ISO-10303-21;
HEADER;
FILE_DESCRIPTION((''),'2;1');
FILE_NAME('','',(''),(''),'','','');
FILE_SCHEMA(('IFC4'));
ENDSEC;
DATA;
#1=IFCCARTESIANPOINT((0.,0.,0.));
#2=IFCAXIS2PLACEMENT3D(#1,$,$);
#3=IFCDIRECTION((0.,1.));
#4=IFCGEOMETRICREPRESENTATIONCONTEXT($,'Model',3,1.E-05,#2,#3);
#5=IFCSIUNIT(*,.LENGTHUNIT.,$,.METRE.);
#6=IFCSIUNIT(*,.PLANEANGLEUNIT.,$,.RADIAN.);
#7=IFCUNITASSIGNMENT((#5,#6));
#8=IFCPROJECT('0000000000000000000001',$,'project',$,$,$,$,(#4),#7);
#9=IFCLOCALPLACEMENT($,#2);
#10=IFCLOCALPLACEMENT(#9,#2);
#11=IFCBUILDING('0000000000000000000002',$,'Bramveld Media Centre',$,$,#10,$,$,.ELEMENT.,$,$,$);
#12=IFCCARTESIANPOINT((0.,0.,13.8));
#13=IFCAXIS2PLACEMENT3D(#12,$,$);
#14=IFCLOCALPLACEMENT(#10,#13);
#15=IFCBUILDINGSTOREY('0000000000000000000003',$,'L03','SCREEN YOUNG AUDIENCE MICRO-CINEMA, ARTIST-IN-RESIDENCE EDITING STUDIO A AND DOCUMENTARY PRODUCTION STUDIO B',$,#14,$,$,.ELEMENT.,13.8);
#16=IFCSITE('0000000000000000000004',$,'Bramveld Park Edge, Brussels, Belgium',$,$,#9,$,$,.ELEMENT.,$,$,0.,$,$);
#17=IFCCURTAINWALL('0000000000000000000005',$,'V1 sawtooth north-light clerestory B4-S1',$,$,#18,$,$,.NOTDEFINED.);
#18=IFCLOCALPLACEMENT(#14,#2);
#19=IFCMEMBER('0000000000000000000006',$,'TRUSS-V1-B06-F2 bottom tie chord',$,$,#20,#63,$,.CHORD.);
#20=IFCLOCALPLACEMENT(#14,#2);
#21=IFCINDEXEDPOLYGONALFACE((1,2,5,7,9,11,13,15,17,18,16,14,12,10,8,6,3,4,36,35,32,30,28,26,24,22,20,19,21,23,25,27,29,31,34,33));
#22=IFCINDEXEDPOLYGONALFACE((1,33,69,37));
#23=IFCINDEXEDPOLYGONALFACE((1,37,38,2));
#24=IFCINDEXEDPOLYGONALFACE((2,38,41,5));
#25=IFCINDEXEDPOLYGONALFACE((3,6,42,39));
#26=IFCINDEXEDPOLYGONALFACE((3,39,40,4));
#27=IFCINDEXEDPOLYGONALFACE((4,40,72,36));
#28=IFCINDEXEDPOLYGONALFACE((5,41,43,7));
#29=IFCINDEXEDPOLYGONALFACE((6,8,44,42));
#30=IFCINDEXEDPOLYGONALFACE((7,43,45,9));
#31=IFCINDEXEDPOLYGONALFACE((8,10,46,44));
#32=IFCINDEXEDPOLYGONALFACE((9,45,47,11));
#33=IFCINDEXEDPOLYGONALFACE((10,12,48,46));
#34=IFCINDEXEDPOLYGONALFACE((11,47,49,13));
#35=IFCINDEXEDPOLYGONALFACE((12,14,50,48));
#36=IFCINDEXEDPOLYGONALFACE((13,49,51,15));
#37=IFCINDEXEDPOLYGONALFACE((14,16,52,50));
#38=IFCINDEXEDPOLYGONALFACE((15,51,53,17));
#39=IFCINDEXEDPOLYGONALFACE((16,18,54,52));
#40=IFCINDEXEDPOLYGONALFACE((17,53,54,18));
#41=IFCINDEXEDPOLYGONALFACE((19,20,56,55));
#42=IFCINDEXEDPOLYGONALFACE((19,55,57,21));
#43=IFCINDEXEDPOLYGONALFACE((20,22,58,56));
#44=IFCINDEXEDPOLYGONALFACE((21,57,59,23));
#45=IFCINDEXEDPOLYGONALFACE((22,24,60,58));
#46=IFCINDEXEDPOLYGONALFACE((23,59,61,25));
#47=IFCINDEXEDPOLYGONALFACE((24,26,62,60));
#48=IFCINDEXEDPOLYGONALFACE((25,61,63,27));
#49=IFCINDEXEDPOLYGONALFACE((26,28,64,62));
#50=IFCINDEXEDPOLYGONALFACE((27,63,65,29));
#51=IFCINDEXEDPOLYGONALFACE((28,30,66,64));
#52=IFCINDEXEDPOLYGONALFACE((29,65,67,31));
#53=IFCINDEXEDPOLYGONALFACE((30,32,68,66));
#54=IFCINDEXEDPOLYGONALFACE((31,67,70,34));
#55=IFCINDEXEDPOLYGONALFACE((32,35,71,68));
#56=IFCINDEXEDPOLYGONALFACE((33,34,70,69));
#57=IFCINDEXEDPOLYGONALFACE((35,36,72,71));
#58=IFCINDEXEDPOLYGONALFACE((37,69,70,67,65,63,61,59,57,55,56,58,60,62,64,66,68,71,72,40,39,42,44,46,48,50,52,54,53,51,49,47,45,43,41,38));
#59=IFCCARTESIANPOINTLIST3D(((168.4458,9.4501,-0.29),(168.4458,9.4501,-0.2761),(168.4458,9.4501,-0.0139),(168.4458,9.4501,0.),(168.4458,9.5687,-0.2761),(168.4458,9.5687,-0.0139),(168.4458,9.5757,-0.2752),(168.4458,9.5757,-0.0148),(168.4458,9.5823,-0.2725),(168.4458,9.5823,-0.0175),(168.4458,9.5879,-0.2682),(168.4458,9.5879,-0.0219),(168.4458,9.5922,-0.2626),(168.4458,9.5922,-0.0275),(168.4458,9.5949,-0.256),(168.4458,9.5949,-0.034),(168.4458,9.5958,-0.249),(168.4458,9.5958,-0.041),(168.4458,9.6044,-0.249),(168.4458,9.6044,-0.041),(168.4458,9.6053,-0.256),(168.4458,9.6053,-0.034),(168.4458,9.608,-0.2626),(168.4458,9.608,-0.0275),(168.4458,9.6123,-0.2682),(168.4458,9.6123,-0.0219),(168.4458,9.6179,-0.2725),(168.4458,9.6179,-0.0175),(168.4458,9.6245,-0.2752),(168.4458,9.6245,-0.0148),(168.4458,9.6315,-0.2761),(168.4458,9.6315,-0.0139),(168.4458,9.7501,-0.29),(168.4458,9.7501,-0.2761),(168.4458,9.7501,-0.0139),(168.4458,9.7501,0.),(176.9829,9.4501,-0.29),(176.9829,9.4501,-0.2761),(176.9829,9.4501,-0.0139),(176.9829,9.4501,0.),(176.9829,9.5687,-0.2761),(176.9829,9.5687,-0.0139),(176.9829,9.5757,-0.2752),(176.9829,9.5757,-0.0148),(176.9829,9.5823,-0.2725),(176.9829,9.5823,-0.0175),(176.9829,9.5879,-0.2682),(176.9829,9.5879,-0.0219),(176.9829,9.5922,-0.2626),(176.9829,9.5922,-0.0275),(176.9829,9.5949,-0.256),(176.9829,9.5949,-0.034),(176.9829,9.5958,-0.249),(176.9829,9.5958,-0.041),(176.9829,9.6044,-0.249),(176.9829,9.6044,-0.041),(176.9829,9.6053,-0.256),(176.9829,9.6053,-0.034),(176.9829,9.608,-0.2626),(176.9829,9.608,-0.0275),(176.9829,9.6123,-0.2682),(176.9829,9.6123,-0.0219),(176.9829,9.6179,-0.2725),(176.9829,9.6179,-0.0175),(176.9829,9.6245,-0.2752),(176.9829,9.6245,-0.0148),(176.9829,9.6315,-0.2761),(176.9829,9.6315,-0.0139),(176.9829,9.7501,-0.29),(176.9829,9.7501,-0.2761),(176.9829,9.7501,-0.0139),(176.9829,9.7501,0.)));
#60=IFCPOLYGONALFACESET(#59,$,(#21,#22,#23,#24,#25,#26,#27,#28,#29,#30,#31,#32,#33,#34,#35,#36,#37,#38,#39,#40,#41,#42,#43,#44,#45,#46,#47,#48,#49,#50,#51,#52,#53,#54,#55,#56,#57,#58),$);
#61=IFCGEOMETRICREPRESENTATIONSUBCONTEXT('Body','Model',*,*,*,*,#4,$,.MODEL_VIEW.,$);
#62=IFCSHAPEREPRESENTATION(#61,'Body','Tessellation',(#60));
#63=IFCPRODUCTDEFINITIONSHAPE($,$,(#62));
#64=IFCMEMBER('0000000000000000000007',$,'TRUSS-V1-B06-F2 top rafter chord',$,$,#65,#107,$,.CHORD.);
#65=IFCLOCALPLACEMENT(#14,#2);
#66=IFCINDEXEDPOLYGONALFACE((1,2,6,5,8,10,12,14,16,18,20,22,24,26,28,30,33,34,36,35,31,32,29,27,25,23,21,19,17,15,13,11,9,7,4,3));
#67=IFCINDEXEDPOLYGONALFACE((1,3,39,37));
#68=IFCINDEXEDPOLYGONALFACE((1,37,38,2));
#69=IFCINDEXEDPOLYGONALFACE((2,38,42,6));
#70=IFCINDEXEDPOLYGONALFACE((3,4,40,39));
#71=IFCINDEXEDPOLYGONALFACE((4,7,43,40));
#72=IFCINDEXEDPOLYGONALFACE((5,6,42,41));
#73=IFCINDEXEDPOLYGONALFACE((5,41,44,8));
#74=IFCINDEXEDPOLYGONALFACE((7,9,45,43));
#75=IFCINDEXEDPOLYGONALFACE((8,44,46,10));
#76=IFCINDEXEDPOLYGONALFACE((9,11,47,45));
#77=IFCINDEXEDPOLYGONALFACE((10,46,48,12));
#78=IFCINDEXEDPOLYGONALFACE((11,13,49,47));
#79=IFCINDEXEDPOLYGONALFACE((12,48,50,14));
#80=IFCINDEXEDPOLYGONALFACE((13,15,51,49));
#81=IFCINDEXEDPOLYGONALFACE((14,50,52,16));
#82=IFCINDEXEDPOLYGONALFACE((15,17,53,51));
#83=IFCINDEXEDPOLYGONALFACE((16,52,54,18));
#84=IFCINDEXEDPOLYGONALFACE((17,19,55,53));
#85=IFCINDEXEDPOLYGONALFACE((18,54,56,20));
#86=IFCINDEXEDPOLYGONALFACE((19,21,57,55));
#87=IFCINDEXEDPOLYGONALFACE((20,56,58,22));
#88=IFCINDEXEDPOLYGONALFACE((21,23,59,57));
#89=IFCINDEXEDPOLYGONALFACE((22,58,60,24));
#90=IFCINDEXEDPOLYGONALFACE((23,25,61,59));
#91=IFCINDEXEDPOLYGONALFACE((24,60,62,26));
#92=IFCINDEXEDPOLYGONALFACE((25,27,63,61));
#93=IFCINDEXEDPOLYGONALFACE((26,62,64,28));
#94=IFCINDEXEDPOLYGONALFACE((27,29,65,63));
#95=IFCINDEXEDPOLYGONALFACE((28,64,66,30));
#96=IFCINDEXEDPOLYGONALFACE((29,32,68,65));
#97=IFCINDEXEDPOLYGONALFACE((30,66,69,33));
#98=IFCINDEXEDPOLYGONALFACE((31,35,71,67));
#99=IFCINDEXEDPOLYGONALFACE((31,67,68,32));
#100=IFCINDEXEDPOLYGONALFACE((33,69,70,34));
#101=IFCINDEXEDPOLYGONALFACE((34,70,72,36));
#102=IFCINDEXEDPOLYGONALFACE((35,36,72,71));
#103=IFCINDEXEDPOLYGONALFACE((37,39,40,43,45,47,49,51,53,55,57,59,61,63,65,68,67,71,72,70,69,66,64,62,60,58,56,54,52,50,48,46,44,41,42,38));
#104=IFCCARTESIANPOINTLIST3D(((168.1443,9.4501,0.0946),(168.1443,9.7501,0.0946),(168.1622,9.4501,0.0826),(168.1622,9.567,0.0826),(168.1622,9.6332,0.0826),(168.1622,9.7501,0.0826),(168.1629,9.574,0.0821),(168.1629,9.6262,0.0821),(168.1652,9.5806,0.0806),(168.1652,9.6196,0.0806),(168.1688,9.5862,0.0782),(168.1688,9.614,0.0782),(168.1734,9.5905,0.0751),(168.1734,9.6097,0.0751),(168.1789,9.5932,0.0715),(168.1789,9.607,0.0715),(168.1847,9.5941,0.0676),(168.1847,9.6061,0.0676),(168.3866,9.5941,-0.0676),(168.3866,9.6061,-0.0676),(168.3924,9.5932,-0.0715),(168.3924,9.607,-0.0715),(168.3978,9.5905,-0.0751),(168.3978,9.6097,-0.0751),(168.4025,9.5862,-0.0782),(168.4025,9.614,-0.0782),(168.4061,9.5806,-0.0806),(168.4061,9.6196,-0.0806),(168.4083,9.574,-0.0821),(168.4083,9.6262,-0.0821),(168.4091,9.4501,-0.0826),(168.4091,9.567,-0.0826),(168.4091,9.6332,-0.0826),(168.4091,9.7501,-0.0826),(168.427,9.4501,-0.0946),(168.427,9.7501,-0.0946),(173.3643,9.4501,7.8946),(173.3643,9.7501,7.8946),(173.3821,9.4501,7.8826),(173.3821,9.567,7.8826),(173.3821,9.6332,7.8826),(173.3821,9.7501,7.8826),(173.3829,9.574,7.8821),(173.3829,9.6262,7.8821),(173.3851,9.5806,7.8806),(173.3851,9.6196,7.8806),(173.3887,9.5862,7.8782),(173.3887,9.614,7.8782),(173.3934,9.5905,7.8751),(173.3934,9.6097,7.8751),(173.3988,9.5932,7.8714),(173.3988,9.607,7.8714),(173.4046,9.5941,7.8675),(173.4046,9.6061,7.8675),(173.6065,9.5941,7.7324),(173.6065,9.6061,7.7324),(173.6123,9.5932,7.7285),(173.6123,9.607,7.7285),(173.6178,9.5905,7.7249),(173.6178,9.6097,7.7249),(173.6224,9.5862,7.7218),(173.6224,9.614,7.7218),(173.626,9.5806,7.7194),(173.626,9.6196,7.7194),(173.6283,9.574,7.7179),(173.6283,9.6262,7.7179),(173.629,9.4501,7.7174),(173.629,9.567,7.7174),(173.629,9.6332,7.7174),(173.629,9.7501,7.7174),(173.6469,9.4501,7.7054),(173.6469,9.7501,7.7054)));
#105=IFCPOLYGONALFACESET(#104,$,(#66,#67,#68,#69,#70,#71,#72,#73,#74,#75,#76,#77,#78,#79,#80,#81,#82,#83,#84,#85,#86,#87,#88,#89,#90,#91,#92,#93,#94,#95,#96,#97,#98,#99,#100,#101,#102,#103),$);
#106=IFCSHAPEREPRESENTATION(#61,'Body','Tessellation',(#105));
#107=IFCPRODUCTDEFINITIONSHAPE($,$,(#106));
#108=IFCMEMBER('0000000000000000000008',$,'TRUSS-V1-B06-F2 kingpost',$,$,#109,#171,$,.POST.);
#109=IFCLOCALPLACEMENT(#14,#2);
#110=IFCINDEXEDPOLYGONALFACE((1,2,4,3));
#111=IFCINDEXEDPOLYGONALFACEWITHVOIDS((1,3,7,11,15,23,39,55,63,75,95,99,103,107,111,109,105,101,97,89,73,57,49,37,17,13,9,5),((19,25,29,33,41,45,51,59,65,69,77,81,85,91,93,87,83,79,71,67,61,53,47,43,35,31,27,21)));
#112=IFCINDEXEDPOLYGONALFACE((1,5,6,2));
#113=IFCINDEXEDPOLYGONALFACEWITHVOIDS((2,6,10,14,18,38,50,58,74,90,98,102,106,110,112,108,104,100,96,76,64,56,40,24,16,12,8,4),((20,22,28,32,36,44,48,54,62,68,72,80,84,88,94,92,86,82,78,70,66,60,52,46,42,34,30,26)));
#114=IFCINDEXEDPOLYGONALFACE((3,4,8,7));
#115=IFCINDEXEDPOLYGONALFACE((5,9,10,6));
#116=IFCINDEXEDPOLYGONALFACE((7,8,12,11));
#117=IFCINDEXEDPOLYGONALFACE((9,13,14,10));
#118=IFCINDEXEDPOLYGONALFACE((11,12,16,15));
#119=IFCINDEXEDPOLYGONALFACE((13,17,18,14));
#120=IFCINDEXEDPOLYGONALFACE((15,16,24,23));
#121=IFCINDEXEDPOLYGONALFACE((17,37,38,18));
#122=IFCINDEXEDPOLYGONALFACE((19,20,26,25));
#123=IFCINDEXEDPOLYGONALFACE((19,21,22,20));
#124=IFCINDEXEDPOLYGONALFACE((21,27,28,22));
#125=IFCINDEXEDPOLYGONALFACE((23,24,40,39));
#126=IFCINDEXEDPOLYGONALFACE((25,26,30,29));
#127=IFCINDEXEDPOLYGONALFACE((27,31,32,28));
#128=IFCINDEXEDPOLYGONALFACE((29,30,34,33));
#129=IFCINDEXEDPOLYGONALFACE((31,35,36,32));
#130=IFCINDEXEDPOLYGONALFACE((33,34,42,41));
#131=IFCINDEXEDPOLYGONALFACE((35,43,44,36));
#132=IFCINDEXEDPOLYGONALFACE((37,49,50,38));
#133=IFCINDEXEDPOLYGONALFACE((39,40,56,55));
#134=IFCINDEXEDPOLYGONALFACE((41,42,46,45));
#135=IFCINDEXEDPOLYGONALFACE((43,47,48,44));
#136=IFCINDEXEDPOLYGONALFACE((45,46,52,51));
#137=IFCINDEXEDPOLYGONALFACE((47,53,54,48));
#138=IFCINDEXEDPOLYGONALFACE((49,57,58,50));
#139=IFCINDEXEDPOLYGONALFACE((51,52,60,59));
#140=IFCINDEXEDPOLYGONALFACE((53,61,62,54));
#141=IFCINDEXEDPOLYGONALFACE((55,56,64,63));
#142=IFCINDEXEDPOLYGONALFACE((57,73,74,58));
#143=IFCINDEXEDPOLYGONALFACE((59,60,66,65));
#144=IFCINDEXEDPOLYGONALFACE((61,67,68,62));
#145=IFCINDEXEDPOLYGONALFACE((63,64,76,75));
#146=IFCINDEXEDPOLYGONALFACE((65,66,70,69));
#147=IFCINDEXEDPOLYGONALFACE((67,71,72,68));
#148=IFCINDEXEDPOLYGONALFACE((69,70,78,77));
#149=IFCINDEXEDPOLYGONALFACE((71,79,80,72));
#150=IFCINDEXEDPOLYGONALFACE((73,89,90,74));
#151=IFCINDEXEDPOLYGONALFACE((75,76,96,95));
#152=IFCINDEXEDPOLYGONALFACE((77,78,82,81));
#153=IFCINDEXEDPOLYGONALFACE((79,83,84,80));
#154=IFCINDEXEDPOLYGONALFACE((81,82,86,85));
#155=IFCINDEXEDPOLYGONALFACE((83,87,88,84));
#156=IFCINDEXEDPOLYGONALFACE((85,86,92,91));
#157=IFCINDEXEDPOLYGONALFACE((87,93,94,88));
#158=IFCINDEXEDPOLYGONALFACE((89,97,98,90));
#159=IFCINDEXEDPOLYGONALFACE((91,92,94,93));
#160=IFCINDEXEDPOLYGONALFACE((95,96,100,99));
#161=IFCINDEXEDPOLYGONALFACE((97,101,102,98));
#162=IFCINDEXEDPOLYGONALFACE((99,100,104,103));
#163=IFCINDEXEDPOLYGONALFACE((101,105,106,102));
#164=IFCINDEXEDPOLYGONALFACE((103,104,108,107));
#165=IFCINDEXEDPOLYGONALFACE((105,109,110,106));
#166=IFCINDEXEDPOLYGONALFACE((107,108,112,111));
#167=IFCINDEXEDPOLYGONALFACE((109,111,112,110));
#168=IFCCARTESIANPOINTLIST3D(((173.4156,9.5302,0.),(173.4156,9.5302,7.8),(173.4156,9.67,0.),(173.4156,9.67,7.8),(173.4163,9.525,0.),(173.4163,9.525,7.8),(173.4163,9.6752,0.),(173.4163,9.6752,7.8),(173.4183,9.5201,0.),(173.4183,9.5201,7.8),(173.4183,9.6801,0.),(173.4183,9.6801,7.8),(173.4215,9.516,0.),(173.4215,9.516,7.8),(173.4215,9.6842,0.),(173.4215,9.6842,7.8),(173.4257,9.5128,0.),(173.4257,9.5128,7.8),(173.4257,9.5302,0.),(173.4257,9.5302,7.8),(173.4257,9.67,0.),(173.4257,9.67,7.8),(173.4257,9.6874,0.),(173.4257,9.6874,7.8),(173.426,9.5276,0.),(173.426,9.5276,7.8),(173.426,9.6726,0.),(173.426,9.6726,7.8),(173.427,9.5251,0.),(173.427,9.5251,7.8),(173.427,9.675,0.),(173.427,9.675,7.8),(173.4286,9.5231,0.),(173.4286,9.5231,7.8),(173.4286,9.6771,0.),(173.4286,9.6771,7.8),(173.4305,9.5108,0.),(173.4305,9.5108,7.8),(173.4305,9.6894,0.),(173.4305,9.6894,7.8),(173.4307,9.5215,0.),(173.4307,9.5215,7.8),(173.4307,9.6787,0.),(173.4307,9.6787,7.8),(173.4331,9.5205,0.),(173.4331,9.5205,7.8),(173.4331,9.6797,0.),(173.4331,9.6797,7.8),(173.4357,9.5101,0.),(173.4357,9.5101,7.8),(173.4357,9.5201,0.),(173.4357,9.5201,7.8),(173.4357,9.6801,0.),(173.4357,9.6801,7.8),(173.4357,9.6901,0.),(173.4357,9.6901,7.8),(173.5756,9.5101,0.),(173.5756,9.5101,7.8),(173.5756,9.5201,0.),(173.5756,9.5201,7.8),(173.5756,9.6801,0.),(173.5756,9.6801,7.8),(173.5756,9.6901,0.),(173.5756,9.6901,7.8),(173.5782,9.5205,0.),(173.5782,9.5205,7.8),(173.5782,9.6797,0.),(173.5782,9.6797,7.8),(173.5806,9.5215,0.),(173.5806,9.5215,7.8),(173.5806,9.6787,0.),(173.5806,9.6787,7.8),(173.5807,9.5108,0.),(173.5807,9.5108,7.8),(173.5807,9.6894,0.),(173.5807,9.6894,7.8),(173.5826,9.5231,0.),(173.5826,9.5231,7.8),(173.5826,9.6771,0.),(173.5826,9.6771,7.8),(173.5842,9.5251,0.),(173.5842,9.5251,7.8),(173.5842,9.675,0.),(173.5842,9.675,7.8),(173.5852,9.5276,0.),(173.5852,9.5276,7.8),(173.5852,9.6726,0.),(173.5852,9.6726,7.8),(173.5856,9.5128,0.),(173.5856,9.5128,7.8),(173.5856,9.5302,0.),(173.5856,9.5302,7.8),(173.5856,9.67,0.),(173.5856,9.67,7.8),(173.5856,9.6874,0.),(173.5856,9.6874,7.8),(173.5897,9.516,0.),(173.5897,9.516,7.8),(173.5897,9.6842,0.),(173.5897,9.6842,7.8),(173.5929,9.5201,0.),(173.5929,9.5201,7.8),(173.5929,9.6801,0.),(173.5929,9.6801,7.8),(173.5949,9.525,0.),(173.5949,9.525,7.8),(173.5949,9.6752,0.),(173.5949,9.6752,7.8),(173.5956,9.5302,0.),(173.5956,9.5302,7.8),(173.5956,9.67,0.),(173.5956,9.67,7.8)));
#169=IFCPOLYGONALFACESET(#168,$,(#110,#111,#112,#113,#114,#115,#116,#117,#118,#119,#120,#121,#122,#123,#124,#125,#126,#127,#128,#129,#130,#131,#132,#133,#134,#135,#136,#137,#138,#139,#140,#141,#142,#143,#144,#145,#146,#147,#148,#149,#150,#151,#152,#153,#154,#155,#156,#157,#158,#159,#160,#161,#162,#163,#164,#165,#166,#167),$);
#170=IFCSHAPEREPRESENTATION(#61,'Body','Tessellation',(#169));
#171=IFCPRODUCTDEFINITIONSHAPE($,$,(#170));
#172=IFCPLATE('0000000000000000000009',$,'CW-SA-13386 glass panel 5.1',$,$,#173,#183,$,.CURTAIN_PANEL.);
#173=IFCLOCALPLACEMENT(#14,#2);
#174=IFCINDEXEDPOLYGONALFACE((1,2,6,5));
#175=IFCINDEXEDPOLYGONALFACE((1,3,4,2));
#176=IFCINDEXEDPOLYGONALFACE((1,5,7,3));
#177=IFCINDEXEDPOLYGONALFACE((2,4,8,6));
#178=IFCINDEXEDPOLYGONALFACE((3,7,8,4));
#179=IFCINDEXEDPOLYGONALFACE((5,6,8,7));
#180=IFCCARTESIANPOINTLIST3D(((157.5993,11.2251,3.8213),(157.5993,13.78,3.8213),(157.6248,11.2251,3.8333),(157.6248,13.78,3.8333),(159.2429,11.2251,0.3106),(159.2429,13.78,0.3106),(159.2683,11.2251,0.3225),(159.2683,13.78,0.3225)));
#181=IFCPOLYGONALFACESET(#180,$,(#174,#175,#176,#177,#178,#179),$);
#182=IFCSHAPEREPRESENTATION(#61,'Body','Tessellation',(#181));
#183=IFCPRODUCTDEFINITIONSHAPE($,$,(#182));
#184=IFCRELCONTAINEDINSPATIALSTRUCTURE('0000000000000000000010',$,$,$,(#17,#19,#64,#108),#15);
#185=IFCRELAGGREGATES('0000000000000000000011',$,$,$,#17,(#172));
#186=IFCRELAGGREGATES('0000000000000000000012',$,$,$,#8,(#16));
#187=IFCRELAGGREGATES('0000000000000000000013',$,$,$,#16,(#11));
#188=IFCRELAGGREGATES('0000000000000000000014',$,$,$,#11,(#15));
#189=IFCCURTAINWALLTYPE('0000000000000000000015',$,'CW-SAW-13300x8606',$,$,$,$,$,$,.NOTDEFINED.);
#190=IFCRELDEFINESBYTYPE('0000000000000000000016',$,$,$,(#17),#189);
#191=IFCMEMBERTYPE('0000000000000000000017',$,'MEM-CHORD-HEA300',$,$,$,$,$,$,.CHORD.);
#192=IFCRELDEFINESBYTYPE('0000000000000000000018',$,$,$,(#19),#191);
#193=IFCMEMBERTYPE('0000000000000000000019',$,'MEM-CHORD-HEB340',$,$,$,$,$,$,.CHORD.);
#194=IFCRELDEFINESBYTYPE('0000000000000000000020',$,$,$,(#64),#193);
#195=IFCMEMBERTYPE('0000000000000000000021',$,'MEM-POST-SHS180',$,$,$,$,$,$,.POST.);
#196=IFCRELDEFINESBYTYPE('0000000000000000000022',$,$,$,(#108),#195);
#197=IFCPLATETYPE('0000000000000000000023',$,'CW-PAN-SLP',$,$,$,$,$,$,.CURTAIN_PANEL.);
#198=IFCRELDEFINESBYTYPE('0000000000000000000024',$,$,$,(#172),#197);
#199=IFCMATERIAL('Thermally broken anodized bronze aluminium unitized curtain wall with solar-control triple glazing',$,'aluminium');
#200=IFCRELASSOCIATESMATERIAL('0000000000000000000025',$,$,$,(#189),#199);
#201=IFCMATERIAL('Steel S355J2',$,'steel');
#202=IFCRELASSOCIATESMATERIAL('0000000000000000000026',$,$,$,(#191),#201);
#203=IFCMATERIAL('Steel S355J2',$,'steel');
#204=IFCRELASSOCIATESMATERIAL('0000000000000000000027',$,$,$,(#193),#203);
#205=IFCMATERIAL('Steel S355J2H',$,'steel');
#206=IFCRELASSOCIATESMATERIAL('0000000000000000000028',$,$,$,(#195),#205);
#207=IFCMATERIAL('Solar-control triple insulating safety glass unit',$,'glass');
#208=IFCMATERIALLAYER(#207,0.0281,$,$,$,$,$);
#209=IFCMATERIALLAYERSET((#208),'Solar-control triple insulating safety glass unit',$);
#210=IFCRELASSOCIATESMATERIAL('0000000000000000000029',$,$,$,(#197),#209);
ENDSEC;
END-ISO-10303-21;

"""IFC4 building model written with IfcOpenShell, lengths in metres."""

from ifc_helpers import new_model, si_unit, direction, frame, origin, origin_2d, place, context, subcontext, project, spatial, polyline, hollow_rectangle, i_section, outline, extrude, material, layer, layer_set, material_profile, profile_set, type_object, element, aggregate, save


model = new_model("IFC4")

# Units and contexts
model_context = context("Model", 3, precision=1e-05, world=origin(), true_north=direction((0.0, 1.0)))
body_context = subcontext(model_context, "Body", "Model", "MODEL_VIEW")
ifc_project = project(units=[si_unit("LENGTHUNIT", "METRE"), si_unit("PLANEANGLEUNIT", "RADIAN")], contexts=[model_context])

# Site, building, storey
site_placement = place(None, origin())
site = spatial("IfcSite", under=ifc_project, at=site_placement, Name="Bramveld Park Edge, Brussels, Belgium", CompositionType="ELEMENT", RefElevation=0.0)
building_placement = place(site_placement, origin())
building = spatial("IfcBuilding", under=site, at=building_placement, Name="Bramveld Media Centre", CompositionType="ELEMENT")
storey_placement = place(building_placement, frame((0.0, 0.0, 13.8)))
storey = spatial("IfcBuildingStorey", under=building, at=storey_placement, Name="L03", Description="SCREEN YOUNG AUDIENCE MICRO-CINEMA, ARTIST-IN-RESIDENCE EDITING STUDIO A AND DOCUMENTARY PRODUCTION STUDIO B", CompositionType="ELEMENT", Elevation=13.8)

# Curtain wall
ifc_material_1 = material(Name="Thermally broken anodized bronze aluminium unitized curtain wall with solar-control triple glazing", Category="aluminium")
curtain_wall_type = type_object("IfcCurtainWallType", Name="CW-SAW-13300x8606", PredefinedType="NOTDEFINED", material=ifc_material_1)
curtain_wall_1_placement = place(storey_placement, origin())
curtain_wall_1 = element("IfcCurtainWall", 1, at=curtain_wall_1_placement, inside=storey, type_object=curtain_wall_type, Name="V1 sawtooth north-light clerestory B4-S1", PredefinedType="NOTDEFINED")

# Members
ifc_material_2 = material(Name="Steel S355J2", Category="steel")
ifc_material_profile_1 = material_profile(ifc_material_2, i_section(OverallWidth=0.3, OverallDepth=0.29, WebThickness=0.0085, FlangeThickness=0.0139, FilletRadius=0.0271, at=origin_2d()), Name="HEA 300")
ifc_profile_set_1 = profile_set([ifc_material_profile_1], Name="Steel S355J2")
member_type_1 = type_object("IfcMemberType", Name="MEM-CHORD-HEA300", PredefinedType="CHORD", material=ifc_profile_set_1)
member_1_placement = place(storey_placement, frame((168.4458, 9.6001, -0.145), z_axis=(1.0, 0.0, 0.0), x_axis=(0.0, 1.0, 0.0)))
element("IfcMember", 2, at=member_1_placement, inside=storey, type_object=member_type_1, Name="TRUSS-V1-B06-F2 bottom tie chord", PredefinedType="CHORD", context=body_context, shape_type="SweptSolid", body=[
    extrude(i_section(OverallWidth=0.3, OverallDepth=0.29, WebThickness=0.0085, FlangeThickness=0.0139, FilletRadius=0.0271, at=origin_2d()), origin(), (0.0, 0.0, 1.0), 8.5371),
])
ifc_material_3 = material(Name="Steel S355J2", Category="steel")
ifc_material_profile_2 = material_profile(ifc_material_3, i_section(OverallWidth=0.3, OverallDepth=0.3401, WebThickness=0.012, FlangeThickness=0.0215, FilletRadius=0.0271, at=origin_2d()), Name="HEB 340")
ifc_profile_set_2 = profile_set([ifc_material_profile_2], Name="Steel S355J2")
member_type_2 = type_object("IfcMemberType", Name="MEM-CHORD-HEB340", PredefinedType="CHORD", material=ifc_profile_set_2)
member_2_placement = place(storey_placement, frame((168.2856, 9.6001, 0.0), z_axis=(0.55617, 0.0, 0.831069), x_axis=(0.0, 1.0, 0.0)))
element("IfcMember", 3, at=member_2_placement, inside=storey, type_object=member_type_2, Name="TRUSS-V1-B06-F2 top rafter chord", PredefinedType="CHORD", context=body_context, shape_type="SweptSolid", body=[
    extrude(i_section(OverallWidth=0.3, OverallDepth=0.3401, WebThickness=0.012, FlangeThickness=0.0215, FilletRadius=0.0271, at=origin_2d()), origin(), (0.0, 0.0, 1.0), 9.3855),
])
ifc_material_4 = material(Name="Steel S355J2H", Category="steel")
ifc_material_profile_3 = material_profile(ifc_material_4, hollow_rectangle(XDim=0.1799, YDim=0.1799, WallThickness=0.01, InnerFilletRadius=0.01, OuterFilletRadius=0.02, at=origin_2d()), Name="SHS 180x180x10")
ifc_profile_set_3 = profile_set([ifc_material_profile_3], Name="Steel S355J2H")
member_type_3 = type_object("IfcMemberType", Name="MEM-POST-SHS180", PredefinedType="POST", material=ifc_profile_set_3)
member_3_placement = place(storey_placement, frame((173.5056, 9.6001, 0.0), z_axis=(0.0, 0.0, 1.0), x_axis=(1.0, 0.0, 0.0)))
element("IfcMember", 4, at=member_3_placement, inside=storey, type_object=member_type_3, Name="TRUSS-V1-B06-F2 kingpost", PredefinedType="POST", context=body_context, shape_type="SweptSolid", body=[
    extrude(hollow_rectangle(XDim=0.1799, YDim=0.1799, WallThickness=0.01, InnerFilletRadius=0.01, OuterFilletRadius=0.02, at=origin_2d()), origin(), (0.0, 0.0, 1.0), 7.8),
])

# Plate
ifc_material_5 = material(Name="Solar-control triple insulating safety glass unit", Category="glass")
ifc_layer_1 = layer(ifc_material_5, 0.0281)
ifc_layer_set_1 = layer_set([ifc_layer_1], Name="Solar-control triple insulating safety glass unit")
plate_type_1 = type_object("IfcPlateType", Name="CW-PAN-SLP", PredefinedType="CURTAIN_PANEL", material=ifc_layer_set_1)
plate_1_placement = place(storey_placement, frame((159.2683, 11.2251, 0.3225), z_axis=(0.905668, 0.0, 0.423988), x_axis=(0.0, 1.0, 0.0)))
plate_1 = element("IfcPlate", 5, at=plate_1_placement, type_object=plate_type_1, Name="CW-SA-13386 glass panel 5.1", PredefinedType="CURTAIN_PANEL", context=body_context, shape_type="SweptSolid", body=[
    extrude(outline(polyline([(0.0, 0.0), (2.5549, 0.0), (2.5549, 3.8764), (0.0, 3.8764), (0.0, 0.0)])), origin(), (0.0, 0.0, -1.0), 0.0281),
])
aggregate(curtain_wall_1, [plate_1])

save(model, "model.ifc")
